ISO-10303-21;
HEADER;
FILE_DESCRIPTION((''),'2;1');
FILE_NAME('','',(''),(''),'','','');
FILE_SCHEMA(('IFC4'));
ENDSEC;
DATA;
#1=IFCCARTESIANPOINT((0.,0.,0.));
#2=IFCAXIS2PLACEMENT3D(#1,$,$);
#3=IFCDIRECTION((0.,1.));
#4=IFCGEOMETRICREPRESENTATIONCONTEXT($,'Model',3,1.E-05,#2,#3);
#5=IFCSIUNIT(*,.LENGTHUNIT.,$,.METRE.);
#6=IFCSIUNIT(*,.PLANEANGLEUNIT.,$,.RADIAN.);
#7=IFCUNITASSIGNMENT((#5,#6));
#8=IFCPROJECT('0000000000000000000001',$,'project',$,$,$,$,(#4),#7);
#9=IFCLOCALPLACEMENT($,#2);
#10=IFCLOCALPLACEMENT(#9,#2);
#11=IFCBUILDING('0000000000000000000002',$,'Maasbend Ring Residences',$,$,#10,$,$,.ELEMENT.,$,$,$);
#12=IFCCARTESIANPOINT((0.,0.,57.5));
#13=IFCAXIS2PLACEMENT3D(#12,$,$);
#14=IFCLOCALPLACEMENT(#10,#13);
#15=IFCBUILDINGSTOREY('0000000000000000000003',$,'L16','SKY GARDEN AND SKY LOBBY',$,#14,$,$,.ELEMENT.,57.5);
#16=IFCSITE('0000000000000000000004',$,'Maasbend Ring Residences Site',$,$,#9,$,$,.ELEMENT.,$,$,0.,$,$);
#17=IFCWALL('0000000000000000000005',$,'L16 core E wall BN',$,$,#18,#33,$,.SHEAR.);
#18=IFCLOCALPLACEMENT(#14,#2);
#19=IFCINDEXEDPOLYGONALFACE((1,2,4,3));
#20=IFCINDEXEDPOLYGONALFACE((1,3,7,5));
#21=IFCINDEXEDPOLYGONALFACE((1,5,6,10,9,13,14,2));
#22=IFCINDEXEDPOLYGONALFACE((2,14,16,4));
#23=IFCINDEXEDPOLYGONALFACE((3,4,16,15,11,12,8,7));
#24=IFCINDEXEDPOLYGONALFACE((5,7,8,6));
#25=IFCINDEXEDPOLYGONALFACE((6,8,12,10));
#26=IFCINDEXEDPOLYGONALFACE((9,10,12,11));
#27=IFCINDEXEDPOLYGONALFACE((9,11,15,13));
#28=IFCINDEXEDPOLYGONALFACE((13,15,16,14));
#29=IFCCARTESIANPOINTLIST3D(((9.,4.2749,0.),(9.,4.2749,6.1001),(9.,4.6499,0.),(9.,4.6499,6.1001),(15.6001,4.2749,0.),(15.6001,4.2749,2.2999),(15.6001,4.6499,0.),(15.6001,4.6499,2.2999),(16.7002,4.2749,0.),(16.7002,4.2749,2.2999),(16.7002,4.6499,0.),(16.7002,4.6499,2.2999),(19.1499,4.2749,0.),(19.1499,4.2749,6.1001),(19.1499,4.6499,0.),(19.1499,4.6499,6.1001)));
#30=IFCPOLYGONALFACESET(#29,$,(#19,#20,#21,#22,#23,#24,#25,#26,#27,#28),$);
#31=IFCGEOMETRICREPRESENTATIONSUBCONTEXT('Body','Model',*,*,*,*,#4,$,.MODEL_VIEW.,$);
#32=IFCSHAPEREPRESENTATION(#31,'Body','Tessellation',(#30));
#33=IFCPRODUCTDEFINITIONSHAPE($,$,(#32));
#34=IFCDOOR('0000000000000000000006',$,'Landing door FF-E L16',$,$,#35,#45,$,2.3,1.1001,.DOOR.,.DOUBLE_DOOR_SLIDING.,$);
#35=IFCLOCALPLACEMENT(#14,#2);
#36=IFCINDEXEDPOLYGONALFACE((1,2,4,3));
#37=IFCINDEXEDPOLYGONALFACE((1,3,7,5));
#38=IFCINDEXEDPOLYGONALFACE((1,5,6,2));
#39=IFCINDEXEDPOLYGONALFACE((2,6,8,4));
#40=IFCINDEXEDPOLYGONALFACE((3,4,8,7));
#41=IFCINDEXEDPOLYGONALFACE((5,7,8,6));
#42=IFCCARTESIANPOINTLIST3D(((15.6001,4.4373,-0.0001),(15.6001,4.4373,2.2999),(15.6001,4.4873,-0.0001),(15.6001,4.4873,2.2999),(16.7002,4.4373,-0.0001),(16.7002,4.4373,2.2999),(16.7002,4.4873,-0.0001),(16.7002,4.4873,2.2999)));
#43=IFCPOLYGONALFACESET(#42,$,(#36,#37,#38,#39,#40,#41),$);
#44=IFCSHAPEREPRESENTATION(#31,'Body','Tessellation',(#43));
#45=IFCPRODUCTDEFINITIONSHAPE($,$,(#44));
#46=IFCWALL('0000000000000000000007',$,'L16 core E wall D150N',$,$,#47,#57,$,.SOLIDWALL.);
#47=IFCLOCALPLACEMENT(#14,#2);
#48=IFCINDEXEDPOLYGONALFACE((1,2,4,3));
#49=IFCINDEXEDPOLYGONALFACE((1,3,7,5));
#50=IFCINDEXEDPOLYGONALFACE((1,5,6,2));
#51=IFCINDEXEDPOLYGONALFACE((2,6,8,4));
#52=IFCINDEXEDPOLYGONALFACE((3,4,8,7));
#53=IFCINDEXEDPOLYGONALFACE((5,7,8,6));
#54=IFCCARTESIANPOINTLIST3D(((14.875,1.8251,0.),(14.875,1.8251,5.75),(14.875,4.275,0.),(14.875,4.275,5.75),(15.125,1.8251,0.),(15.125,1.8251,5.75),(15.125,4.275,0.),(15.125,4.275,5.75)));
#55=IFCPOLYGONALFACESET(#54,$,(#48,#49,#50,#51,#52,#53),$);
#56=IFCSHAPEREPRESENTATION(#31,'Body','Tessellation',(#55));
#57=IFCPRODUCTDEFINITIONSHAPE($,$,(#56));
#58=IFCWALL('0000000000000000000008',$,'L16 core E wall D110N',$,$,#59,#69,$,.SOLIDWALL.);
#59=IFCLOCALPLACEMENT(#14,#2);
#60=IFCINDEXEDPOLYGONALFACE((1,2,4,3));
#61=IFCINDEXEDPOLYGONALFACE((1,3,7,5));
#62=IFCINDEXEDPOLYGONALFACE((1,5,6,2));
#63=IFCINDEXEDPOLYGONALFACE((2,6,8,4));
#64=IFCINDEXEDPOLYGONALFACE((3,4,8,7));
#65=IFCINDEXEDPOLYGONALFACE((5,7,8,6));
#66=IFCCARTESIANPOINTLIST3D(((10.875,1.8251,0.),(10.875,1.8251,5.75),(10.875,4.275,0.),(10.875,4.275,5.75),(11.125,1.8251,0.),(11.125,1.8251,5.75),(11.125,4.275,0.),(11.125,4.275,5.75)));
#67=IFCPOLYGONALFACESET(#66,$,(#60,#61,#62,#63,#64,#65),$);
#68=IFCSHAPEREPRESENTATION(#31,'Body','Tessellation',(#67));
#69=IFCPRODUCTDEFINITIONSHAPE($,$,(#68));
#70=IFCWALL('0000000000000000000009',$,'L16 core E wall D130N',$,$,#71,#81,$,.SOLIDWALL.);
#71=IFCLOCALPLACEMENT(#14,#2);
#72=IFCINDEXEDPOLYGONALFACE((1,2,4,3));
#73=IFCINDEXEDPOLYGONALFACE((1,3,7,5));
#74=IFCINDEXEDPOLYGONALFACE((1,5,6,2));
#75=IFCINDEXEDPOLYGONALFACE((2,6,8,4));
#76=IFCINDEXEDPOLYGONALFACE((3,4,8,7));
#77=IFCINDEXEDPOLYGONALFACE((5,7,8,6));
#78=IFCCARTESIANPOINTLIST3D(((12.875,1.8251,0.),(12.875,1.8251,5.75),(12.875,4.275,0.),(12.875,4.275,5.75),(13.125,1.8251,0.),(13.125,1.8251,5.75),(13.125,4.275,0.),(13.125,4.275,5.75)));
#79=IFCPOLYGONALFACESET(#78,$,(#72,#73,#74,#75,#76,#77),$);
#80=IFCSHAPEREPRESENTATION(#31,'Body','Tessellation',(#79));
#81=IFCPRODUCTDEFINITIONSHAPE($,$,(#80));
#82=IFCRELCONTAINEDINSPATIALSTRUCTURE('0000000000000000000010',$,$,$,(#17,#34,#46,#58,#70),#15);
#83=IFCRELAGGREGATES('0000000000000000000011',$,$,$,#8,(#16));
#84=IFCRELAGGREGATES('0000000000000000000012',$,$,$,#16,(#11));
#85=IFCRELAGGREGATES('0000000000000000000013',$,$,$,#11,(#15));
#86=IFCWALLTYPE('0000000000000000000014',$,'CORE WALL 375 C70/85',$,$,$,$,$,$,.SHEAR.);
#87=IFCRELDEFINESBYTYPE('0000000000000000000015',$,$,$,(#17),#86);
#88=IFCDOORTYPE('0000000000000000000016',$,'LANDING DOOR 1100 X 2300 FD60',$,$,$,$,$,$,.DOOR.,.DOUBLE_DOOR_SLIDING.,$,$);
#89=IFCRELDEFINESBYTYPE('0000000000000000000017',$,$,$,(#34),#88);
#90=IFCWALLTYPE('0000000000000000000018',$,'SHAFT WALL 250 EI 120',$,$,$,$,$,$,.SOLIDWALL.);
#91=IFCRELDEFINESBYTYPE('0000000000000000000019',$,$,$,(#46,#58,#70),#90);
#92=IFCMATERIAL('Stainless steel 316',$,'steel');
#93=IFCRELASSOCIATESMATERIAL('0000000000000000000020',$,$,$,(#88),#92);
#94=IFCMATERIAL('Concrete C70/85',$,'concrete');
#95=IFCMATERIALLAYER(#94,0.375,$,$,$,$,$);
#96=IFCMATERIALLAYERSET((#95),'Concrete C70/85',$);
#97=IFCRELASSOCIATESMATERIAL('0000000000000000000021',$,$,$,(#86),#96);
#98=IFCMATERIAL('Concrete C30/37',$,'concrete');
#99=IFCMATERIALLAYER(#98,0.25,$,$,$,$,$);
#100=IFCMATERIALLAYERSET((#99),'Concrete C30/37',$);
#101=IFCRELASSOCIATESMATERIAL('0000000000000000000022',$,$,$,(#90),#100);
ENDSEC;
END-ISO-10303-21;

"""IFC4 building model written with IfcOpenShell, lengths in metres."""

from ifc_helpers import new_model, si_unit, direction, frame, frame_2d, origin, place, context, subcontext, project, spatial, rectangle, extrude, material, layer, layer_set, type_object, element, fill, save


model = new_model("IFC4")

# Units and contexts
model_context = context("Model", 3, precision=1e-05, world=origin(), true_north=direction((0.0, 1.0)))
body_context = subcontext(model_context, "Body", "Model", "MODEL_VIEW")
ifc_project = project(units=[si_unit("LENGTHUNIT", "METRE"), si_unit("PLANEANGLEUNIT", "RADIAN")], contexts=[model_context])

# Site, building, storey
site_placement = place(None, origin())
site = spatial("IfcSite", under=ifc_project, at=site_placement, Name="Maasbend Ring Residences Site", CompositionType="ELEMENT", RefElevation=0.0)
building_placement = place(site_placement, origin())
building = spatial("IfcBuilding", under=site, at=building_placement, Name="Maasbend Ring Residences", CompositionType="ELEMENT")
storey_placement = place(building_placement, frame((0.0, 0.0, 57.5)))
storey = spatial("IfcBuildingStorey", under=building, at=storey_placement, Name="L16", Description="SKY GARDEN AND SKY LOBBY", CompositionType="ELEMENT", Elevation=57.5)

# Shared definitions
ifc_material_1 = material(Name="Stainless steel 316", Category="steel")
door_type = type_object("IfcDoorType", Name="LANDING DOOR 1100 X 2300 FD60", OperationType="DOUBLE_DOOR_SLIDING", PredefinedType="DOOR", material=ifc_material_1)

# Wall, opening, door
ifc_material_2 = material(Name="Concrete C70/85", Category="concrete")
ifc_layer_1 = layer(ifc_material_2, 0.375)
ifc_layer_set_1 = layer_set([ifc_layer_1], Name="Concrete C70/85")
wall_type_1 = type_object("IfcWallType", Name="CORE WALL 375 C70/85", PredefinedType="SHEAR", material=ifc_layer_set_1)
wall_1_placement = place(storey_placement, frame((9.0, 4.4624, 0.0), z_axis=(0.0, 0.0, 1.0), x_axis=(1.0, 0.0, 0.0)))
wall_1 = element("IfcWall", 1, at=wall_1_placement, inside=storey, type_object=wall_type_1, Name="L16 core E wall BN", PredefinedType="SHEAR", context=body_context, shape_type="SweptSolid", body=[
    extrude(rectangle(XDim=10.1499, YDim=0.375, at=frame_2d((5.075, 0.0))), origin(), (0.0, 0.0, 1.0), 6.1001),
])
opening_1_placement = place(wall_1_placement, frame((6.6001, 0.0, 0.0)))
opening_1 = element("IfcOpeningElement", 2, at=opening_1_placement, cuts=wall_1, PredefinedType="OPENING", context=body_context, shape_type="SweptSolid", body=[
    extrude(rectangle(XDim=1.1001, YDim=2.3, at=frame_2d((0.55, 1.1499))), frame((0.0, 0.1975, 0.0), z_axis=(0.0, -1.0, 0.0), x_axis=(1.0, 0.0, 0.0)), (0.0, 0.0, 1.0), 0.395),
])
door_1_placement = place(opening_1_placement, origin())
door_1 = element("IfcDoor", 3, at=door_1_placement, inside=storey, type_object=door_type, Name="Landing door FF-E L16", OperationType="DOUBLE_DOOR_SLIDING", OverallHeight=2.3, OverallWidth=1.1001, PredefinedType="DOOR", context=body_context, shape_type="SweptSolid", body=[
    extrude(rectangle(XDim=1.1001, YDim=2.3, at=frame_2d((0.55, 1.1499))), frame((0.0, 0.0249, 0.0), z_axis=(0.0, -1.0, 0.0), x_axis=(1.0, 0.0, 0.0)), (0.0, 0.0, 1.0), 0.05),
])
fill(opening_1, door_1)

# Walls
ifc_material_3 = material(Name="Concrete C30/37", Category="concrete")
ifc_layer_2 = layer(ifc_material_3, 0.25)
ifc_layer_set_2 = layer_set([ifc_layer_2], Name="Concrete C30/37")
wall_type_2 = type_object("IfcWallType", Name="SHAFT WALL 250 EI 120", PredefinedType="SOLIDWALL", material=ifc_layer_set_2)
for number, where, z_axis, x_axis, name in (
    (4, (15.0, 1.825, 0.0), (0.0, 0.0, 1.0), (0.0, 1.0, 0.0), "L16 core E wall D150N"),
    (5, (11.0, 1.825, 0.0), (0.0, 0.0, 1.0), (0.0, 1.0, 0.0), "L16 core E wall D110N"),
    (6, (13.0, 1.825, 0.0), (0.0, 0.0, 1.0), (0.0, 1.0, 0.0), "L16 core E wall D130N"),
):
    element("IfcWall", number, at=place(storey_placement, frame(where, z_axis=z_axis, x_axis=x_axis)), inside=storey, type_object=wall_type_2, Name=name, PredefinedType="SOLIDWALL", context=body_context, shape_type="SweptSolid", body=[
        extrude(rectangle(XDim=2.45, YDim=0.25, at=frame_2d((1.2251, 0.0))), origin(), (0.0, 0.0, 1.0), 5.75),
    ])

save(model, "model.ifc")
